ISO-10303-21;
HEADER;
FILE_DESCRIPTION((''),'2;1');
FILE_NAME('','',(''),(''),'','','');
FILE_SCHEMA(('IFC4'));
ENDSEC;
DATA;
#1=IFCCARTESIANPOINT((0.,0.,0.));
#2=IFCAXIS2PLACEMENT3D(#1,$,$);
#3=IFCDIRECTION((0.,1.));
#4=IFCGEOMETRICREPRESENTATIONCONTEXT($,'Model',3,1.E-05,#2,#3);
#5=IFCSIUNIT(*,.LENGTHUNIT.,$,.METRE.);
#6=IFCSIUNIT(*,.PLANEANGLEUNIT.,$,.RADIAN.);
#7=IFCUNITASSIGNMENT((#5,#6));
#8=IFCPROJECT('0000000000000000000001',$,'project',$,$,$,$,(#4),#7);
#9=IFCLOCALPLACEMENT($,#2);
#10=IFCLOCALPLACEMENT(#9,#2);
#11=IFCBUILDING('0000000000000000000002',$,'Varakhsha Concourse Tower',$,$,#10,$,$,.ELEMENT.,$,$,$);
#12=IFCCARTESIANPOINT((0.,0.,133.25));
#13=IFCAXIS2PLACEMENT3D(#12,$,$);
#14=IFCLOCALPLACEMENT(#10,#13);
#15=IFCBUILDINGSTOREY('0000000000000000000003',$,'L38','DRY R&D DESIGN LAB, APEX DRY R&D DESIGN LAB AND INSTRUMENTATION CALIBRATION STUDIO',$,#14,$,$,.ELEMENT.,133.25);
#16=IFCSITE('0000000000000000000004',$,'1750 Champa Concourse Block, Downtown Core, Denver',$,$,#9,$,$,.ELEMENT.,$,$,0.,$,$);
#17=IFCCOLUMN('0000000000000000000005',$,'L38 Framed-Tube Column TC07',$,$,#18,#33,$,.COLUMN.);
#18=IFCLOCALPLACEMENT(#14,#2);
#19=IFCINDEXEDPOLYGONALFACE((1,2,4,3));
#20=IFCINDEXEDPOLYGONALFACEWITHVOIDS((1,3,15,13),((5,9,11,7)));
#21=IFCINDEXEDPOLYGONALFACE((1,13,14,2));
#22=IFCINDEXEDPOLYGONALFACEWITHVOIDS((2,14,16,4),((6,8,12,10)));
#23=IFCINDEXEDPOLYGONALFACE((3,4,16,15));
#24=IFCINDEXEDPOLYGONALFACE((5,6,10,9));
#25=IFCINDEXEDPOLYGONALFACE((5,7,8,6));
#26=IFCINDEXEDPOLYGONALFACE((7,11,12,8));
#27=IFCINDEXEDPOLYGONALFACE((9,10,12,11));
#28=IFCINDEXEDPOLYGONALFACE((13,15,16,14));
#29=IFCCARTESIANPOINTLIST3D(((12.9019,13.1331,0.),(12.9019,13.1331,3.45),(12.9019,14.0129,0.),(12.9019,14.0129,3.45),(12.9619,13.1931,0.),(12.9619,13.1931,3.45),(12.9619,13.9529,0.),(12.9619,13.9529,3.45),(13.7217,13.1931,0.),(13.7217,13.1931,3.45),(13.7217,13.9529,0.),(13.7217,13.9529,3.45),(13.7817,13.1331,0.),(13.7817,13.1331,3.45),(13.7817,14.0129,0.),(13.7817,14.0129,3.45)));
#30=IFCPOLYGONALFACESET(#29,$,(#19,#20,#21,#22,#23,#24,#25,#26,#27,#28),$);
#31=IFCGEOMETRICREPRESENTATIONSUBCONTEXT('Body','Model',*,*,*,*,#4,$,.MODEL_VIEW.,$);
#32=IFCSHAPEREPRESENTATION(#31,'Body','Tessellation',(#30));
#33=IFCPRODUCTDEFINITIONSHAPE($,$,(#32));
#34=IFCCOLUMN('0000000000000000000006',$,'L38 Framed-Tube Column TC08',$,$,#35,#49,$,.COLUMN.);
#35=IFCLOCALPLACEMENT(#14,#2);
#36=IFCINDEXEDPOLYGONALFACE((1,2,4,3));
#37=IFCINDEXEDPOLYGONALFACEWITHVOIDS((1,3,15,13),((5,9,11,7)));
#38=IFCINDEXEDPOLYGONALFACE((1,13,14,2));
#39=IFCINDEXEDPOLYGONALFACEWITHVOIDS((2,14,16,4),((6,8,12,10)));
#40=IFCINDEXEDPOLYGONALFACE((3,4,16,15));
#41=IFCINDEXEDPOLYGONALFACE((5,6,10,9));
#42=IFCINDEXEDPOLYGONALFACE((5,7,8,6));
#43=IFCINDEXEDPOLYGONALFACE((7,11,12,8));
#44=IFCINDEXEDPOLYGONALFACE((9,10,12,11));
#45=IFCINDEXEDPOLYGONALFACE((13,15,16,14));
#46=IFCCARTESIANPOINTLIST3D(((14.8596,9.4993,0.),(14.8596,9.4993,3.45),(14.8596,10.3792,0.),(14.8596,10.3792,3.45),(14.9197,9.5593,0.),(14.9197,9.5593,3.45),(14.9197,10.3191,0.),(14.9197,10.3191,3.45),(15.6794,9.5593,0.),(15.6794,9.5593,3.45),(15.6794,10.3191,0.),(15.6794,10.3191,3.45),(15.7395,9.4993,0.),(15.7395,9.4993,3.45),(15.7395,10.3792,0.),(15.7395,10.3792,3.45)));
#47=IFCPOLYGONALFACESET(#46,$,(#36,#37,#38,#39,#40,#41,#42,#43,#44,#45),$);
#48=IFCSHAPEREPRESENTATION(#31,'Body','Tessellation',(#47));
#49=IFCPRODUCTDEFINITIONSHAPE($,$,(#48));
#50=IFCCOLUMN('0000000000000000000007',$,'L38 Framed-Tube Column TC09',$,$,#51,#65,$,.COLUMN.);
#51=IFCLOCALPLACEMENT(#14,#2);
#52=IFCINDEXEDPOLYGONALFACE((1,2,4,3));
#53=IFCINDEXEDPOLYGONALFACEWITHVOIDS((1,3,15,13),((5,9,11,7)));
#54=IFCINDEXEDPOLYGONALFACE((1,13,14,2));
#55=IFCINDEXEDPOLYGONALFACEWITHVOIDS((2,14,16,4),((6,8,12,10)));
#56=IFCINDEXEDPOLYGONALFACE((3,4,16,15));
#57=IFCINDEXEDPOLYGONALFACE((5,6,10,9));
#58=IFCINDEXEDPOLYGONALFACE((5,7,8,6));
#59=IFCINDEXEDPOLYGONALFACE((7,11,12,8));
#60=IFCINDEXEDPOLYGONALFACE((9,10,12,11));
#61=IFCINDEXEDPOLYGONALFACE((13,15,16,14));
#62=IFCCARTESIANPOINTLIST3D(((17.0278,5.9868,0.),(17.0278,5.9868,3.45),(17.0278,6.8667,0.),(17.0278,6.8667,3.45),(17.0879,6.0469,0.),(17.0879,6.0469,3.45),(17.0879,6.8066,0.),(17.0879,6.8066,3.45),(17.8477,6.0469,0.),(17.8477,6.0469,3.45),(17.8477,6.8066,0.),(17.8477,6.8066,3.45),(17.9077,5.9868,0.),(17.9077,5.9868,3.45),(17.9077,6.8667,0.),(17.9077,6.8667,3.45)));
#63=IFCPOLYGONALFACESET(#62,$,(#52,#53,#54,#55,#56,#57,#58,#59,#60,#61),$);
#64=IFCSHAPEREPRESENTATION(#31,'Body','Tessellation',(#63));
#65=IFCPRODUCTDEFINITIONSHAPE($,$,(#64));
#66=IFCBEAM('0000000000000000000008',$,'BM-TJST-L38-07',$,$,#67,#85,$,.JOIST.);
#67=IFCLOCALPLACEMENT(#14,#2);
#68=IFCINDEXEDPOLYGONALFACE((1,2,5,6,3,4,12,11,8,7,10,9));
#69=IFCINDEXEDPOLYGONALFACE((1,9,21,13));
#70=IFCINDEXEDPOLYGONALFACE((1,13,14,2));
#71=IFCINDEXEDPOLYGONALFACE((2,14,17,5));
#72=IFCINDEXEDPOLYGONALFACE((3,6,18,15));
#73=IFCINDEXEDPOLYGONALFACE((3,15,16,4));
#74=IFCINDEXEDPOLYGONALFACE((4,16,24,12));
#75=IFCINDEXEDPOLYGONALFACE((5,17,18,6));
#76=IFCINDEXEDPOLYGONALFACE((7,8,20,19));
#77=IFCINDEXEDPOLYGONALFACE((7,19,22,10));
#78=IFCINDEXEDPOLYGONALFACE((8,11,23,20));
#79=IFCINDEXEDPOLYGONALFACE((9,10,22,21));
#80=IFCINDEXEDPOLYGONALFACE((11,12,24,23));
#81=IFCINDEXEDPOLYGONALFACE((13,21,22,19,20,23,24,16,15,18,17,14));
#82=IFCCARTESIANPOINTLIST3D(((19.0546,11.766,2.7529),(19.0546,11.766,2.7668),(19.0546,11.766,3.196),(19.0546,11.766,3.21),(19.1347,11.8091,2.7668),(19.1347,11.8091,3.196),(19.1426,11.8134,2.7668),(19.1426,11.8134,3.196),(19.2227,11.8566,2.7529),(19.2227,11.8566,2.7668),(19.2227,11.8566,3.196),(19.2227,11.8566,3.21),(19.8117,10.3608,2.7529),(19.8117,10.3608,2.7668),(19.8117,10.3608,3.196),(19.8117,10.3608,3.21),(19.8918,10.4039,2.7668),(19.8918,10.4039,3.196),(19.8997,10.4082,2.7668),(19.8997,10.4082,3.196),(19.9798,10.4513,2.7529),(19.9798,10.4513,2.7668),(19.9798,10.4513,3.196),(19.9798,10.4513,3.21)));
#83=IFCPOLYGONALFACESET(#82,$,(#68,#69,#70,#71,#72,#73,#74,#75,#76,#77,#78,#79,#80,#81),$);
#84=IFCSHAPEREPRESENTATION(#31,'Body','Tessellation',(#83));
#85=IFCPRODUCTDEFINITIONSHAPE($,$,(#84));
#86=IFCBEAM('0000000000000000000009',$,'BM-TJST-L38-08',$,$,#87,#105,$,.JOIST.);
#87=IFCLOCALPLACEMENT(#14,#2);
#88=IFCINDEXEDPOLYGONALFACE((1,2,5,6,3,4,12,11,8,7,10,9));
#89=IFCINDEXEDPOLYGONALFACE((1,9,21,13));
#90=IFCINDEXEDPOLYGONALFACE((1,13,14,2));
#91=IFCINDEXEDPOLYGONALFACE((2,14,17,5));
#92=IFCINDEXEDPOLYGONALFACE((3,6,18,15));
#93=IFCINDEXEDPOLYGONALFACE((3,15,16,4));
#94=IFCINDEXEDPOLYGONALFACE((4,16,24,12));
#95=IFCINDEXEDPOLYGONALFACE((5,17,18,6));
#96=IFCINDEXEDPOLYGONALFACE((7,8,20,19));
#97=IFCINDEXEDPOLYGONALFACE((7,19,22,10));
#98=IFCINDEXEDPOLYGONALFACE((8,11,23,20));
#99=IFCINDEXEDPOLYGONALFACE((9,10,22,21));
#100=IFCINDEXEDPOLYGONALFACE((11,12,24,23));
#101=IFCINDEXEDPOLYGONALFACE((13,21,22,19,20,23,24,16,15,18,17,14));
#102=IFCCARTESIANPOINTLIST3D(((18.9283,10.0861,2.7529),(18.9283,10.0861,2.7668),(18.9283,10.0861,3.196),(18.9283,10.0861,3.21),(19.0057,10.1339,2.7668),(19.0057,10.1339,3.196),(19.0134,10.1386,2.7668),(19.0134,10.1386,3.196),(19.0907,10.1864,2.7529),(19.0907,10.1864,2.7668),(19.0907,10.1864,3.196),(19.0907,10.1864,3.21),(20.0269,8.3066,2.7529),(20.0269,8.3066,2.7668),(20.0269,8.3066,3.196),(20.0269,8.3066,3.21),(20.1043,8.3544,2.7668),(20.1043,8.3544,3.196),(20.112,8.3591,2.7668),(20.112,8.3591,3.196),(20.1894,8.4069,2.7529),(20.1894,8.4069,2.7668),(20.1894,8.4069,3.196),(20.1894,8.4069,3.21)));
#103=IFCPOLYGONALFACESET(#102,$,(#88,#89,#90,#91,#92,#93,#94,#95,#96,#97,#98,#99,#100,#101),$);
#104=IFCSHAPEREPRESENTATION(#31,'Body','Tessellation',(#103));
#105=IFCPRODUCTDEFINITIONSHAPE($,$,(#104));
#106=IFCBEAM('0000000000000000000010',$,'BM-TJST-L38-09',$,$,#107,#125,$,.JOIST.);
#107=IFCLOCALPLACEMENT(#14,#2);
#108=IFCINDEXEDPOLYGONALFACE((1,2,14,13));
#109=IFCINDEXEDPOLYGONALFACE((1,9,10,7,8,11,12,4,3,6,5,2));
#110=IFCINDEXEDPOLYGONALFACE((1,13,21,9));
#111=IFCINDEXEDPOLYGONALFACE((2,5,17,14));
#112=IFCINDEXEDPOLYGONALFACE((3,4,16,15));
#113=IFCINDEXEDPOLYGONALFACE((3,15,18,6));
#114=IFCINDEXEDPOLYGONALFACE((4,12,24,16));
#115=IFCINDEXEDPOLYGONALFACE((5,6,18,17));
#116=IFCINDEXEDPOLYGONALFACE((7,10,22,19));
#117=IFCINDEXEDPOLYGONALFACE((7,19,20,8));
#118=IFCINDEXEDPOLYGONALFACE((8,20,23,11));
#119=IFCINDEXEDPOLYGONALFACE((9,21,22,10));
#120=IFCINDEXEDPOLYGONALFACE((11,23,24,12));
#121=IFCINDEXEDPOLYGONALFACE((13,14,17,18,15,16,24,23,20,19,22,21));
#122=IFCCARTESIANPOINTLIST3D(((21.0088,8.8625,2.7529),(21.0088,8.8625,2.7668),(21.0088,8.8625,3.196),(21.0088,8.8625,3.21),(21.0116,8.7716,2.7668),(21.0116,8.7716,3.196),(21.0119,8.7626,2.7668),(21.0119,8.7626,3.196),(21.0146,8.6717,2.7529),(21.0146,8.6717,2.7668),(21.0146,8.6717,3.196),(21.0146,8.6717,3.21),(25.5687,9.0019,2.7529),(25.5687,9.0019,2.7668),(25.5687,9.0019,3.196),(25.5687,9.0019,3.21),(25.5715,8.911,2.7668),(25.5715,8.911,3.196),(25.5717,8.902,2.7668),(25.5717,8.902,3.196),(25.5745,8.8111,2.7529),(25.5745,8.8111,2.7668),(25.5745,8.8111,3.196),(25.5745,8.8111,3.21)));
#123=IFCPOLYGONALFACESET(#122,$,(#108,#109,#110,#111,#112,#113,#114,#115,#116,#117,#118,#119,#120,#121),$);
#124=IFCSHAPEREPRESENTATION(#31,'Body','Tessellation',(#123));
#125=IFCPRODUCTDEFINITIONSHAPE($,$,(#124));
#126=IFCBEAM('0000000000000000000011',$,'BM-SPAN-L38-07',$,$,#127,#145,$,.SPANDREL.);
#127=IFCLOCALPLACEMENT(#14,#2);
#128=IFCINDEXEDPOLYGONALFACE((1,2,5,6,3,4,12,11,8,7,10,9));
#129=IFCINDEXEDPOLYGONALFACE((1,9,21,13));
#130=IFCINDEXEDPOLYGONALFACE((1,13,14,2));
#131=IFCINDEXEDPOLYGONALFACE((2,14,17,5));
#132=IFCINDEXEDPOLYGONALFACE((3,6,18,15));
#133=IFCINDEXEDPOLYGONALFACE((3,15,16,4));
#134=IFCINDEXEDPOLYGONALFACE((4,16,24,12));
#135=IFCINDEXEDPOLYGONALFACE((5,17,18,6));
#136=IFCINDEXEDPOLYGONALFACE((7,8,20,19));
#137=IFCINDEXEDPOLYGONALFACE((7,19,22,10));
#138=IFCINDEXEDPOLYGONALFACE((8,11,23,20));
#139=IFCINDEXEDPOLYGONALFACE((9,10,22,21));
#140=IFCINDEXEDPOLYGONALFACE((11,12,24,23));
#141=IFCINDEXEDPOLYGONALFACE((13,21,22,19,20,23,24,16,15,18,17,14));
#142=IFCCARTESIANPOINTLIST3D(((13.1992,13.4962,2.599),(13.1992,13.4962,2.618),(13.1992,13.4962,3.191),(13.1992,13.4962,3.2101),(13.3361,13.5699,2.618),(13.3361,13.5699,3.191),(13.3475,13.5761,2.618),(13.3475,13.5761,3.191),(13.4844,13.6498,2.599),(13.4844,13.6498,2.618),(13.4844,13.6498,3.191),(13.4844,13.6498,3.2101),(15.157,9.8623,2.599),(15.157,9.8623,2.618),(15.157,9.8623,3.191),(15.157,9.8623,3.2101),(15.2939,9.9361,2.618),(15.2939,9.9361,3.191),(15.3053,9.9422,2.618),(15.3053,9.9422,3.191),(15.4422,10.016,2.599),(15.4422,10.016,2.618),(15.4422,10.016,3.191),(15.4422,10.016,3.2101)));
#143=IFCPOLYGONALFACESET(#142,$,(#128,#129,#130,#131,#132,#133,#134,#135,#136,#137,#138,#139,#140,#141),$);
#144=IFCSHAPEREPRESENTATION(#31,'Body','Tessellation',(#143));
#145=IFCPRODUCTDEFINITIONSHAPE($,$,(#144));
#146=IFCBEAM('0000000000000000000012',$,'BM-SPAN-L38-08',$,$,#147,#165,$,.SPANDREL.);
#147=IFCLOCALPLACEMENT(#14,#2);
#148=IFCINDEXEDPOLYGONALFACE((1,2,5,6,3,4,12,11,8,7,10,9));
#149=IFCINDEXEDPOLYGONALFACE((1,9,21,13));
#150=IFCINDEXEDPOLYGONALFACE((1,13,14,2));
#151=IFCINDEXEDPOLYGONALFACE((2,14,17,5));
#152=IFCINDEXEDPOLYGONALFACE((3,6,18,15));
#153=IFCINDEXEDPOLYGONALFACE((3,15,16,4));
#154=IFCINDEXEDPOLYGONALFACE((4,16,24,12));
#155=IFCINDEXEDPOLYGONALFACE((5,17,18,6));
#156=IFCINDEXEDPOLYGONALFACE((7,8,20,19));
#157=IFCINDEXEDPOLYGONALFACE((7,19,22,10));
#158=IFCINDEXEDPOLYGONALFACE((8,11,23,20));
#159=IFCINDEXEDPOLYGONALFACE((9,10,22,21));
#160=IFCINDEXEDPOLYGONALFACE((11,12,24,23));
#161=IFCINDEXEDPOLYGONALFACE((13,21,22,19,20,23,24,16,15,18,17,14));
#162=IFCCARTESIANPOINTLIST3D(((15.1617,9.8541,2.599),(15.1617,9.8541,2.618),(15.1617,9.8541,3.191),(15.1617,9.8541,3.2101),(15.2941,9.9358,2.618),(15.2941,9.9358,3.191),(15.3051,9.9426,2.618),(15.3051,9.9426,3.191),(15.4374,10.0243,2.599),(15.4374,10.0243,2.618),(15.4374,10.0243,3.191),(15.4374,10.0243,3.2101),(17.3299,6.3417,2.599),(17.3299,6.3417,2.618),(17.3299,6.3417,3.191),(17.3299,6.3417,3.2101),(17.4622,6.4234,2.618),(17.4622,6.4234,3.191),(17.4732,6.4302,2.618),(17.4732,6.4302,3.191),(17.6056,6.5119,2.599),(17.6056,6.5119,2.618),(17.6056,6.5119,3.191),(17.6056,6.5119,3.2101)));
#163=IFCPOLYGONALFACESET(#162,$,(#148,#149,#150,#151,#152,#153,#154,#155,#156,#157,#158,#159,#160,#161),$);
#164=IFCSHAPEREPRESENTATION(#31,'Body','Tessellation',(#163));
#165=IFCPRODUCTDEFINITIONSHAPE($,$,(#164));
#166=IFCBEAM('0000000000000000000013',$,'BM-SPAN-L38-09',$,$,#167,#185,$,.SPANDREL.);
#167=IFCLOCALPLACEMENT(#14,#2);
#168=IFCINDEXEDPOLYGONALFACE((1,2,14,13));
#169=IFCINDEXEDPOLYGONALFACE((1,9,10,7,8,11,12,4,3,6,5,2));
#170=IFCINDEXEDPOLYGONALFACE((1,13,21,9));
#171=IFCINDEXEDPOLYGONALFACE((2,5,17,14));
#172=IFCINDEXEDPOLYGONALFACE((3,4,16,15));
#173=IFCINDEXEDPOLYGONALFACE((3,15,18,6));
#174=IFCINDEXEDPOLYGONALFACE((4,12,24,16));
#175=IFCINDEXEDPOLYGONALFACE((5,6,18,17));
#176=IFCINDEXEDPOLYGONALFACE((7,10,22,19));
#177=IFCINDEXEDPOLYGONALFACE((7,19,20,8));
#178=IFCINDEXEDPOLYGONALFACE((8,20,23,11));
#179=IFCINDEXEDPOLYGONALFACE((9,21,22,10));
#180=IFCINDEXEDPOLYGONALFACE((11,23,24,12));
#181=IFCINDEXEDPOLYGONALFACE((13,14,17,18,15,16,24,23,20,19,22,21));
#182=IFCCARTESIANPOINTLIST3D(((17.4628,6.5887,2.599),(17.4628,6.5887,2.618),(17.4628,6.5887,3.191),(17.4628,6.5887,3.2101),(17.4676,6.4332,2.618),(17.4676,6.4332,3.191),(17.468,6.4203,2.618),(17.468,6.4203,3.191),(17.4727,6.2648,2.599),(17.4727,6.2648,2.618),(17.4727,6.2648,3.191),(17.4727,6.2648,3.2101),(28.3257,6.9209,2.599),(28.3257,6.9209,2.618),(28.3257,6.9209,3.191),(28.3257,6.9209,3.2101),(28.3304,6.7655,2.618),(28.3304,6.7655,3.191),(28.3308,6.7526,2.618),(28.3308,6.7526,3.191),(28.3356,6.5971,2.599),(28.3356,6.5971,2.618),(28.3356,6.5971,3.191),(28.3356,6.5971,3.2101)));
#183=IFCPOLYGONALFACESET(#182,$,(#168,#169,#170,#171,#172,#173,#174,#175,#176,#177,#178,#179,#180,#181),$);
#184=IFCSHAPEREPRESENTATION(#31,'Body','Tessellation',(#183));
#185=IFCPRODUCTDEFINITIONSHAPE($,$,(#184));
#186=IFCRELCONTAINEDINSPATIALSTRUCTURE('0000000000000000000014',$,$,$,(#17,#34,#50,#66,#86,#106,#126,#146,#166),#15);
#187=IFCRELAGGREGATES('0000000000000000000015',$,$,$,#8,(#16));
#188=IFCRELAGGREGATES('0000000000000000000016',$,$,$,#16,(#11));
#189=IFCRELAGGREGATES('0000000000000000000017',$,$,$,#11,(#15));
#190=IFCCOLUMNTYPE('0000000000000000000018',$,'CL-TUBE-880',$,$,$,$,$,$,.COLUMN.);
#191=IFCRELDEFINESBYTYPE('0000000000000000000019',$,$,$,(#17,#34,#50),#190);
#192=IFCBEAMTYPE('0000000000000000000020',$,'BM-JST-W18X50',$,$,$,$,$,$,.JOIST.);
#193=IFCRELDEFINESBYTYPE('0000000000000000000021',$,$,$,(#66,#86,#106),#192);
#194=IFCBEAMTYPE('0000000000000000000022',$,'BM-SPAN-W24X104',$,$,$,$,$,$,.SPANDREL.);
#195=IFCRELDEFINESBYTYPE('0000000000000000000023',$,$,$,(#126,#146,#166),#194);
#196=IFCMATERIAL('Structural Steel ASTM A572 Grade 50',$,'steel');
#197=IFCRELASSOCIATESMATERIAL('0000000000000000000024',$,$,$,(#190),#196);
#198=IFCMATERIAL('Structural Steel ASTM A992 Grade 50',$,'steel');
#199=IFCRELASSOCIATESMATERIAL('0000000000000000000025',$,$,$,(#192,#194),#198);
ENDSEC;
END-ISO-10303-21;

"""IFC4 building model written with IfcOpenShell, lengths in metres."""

from ifc_helpers import new_model, si_unit, direction, frame, origin, origin_2d, place, context, subcontext, project, spatial, hollow_rectangle, i_section, extrude, material, material_profile, profile_set, type_object, element, save


model = new_model("IFC4")

# Units and contexts
model_context = context("Model", 3, precision=1e-05, world=origin(), true_north=direction((0.0, 1.0)))
body_context = subcontext(model_context, "Body", "Model", "MODEL_VIEW")
ifc_project = project(units=[si_unit("LENGTHUNIT", "METRE"), si_unit("PLANEANGLEUNIT", "RADIAN")], contexts=[model_context])

# Site, building, storey
site_placement = place(None, origin())
site = spatial("IfcSite", under=ifc_project, at=site_placement, Name="1750 Champa Concourse Block, Downtown Core, Denver", CompositionType="ELEMENT", RefElevation=0.0)
building_placement = place(site_placement, origin())
building = spatial("IfcBuilding", under=site, at=building_placement, Name="Varakhsha Concourse Tower", CompositionType="ELEMENT")
storey_placement = place(building_placement, frame((0.0, 0.0, 133.25)))
storey = spatial("IfcBuildingStorey", under=building, at=storey_placement, Name="L38", Description="DRY R&D DESIGN LAB, APEX DRY R&D DESIGN LAB AND INSTRUMENTATION CALIBRATION STUDIO", CompositionType="ELEMENT", Elevation=133.25)

# Columns
ifc_material_1 = material(Name="Structural Steel ASTM A572 Grade 50", Category="steel")
ifc_material_profile_1 = material_profile(ifc_material_1, hollow_rectangle(XDim=0.8799, YDim=0.8799, WallThickness=0.0601, at=origin_2d()), Name="BOX 880x880x60")
ifc_profile_set_1 = profile_set([ifc_material_profile_1], Name="Structural Steel ASTM A572 Grade 50")
column_type = type_object("IfcColumnType", Name="CL-TUBE-880", PredefinedType="COLUMN", material=ifc_profile_set_1)
for number, where, z_axis, x_axis, name in (
    (1, (13.3418, 13.573, 0.0), (0.0, 0.0, 1.0), (1.0, 0.0, 0.0), "L38 Framed-Tube Column TC07"),
    (2, (15.2996, 9.9392, 0.0), (0.0, 0.0, 1.0), (1.0, 0.0, 0.0), "L38 Framed-Tube Column TC08"),
    (3, (17.4678, 6.4268, 0.0), (0.0, 0.0, 1.0), (1.0, 0.0, 0.0), "L38 Framed-Tube Column TC09"),
):
    element("IfcColumn", number, at=place(storey_placement, frame(where, z_axis=z_axis, x_axis=x_axis)), inside=storey, type_object=column_type, Name=name, PredefinedType="COLUMN", context=body_context, shape_type="SweptSolid", body=[
        extrude(hollow_rectangle(XDim=0.8799, YDim=0.8799, WallThickness=0.0601, at=origin_2d()), origin(), (0.0, 0.0, 1.0), 3.45),
    ])

# Beams
ifc_material_2 = material(Name="Structural Steel ASTM A992 Grade 50", Category="steel")
ifc_material_profile_2 = material_profile(ifc_material_2, i_section(OverallWidth=0.1909, OverallDepth=0.457, WebThickness=0.009, FlangeThickness=0.0139, at=origin_2d()), Name="W18X50")
ifc_profile_set_2 = profile_set([ifc_material_profile_2], Name="Structural Steel ASTM A992 Grade 50")
beam_type_1 = type_object("IfcBeamType", Name="BM-JST-W18X50", PredefinedType="JOIST", material=ifc_profile_set_2)
beam_1_placement = place(storey_placement, frame((19.1387, 11.8113, 2.9814), z_axis=(0.474291, -0.880368, 0.0), x_axis=(0.880368, 0.474291, 0.0)))
element("IfcBeam", 4, at=beam_1_placement, inside=storey, type_object=beam_type_1, Name="BM-TJST-L38-07", PredefinedType="JOIST", context=body_context, shape_type="SweptSolid", body=[
    extrude(i_section(OverallWidth=0.1909, OverallDepth=0.457, WebThickness=0.009, FlangeThickness=0.0139, at=origin_2d()), origin(), (0.0, 0.0, 1.0), 1.5962),
])
beam_2_placement = place(storey_placement, frame((19.0095, 10.1362, 2.9814), z_axis=(0.525321, -0.850904, 0.0), x_axis=(0.850904, 0.525321, 0.0)))
element("IfcBeam", 5, at=beam_2_placement, inside=storey, type_object=beam_type_1, Name="BM-TJST-L38-08", PredefinedType="JOIST", context=body_context, shape_type="SweptSolid", body=[
    extrude(i_section(OverallWidth=0.1909, OverallDepth=0.457, WebThickness=0.009, FlangeThickness=0.0139, at=origin_2d()), origin(), (0.0, 0.0, 1.0), 2.0913),
])
beam_3_placement = place(storey_placement, frame((21.0117, 8.7671, 2.9814), z_axis=(0.999533, 0.030558, 0.0), x_axis=(-0.030558, 0.999533, 0.0)))
element("IfcBeam", 6, at=beam_3_placement, inside=storey, type_object=beam_type_1, Name="BM-TJST-L38-09", PredefinedType="JOIST", context=body_context, shape_type="SweptSolid", body=[
    extrude(i_section(OverallWidth=0.1909, OverallDepth=0.457, WebThickness=0.009, FlangeThickness=0.0139, at=origin_2d()), origin(), (0.0, 0.0, 1.0), 4.562),
])
ifc_material_profile_3 = material_profile(ifc_material_2, i_section(OverallWidth=0.324, OverallDepth=0.6111, WebThickness=0.0129, FlangeThickness=0.019, at=origin_2d()), Name="W24X104")
ifc_profile_set_3 = profile_set([ifc_material_profile_3], Name="Structural Steel ASTM A992 Grade 50")
beam_type_2 = type_object("IfcBeamType", Name="BM-SPAN-W24X104", PredefinedType="SPANDREL", material=ifc_profile_set_3)
for number, where, z_axis, x_axis, name in (
    (7, (13.3418, 13.573, 2.9045), (0.474308, -0.880359, 0.0), (0.880359, 0.474308, 0.0), "BM-SPAN-L38-07"),
    (8, (15.2996, 9.9392, 2.9045), (0.525275, -0.850933, 0.0), (0.850933, 0.525275, 0.0), "BM-SPAN-L38-08"),
):
    element("IfcBeam", number, at=place(storey_placement, frame(where, z_axis=z_axis, x_axis=x_axis)), inside=storey, type_object=beam_type_2, Name=name, PredefinedType="SPANDREL", context=body_context, shape_type="SweptSolid", body=[
        extrude(i_section(OverallWidth=0.324, OverallDepth=0.6111, WebThickness=0.0129, FlangeThickness=0.019, at=origin_2d()), origin(), (0.0, 0.0, 1.0), 4.1277),
    ])
beam_4_placement = place(storey_placement, frame((17.4678, 6.4268, 2.9045), z_axis=(0.999533, 0.030574, 0.0), x_axis=(-0.030574, 0.999533, 0.0)))
element("IfcBeam", 9, at=beam_4_placement, inside=storey, type_object=beam_type_2, Name="BM-SPAN-L38-09", PredefinedType="SPANDREL", context=body_context, shape_type="SweptSolid", body=[
    extrude(i_section(OverallWidth=0.324, OverallDepth=0.6111, WebThickness=0.0129, FlangeThickness=0.019, at=origin_2d()), origin(), (0.0, 0.0, 1.0), 10.8679),
])

save(model, "model.ifc")
